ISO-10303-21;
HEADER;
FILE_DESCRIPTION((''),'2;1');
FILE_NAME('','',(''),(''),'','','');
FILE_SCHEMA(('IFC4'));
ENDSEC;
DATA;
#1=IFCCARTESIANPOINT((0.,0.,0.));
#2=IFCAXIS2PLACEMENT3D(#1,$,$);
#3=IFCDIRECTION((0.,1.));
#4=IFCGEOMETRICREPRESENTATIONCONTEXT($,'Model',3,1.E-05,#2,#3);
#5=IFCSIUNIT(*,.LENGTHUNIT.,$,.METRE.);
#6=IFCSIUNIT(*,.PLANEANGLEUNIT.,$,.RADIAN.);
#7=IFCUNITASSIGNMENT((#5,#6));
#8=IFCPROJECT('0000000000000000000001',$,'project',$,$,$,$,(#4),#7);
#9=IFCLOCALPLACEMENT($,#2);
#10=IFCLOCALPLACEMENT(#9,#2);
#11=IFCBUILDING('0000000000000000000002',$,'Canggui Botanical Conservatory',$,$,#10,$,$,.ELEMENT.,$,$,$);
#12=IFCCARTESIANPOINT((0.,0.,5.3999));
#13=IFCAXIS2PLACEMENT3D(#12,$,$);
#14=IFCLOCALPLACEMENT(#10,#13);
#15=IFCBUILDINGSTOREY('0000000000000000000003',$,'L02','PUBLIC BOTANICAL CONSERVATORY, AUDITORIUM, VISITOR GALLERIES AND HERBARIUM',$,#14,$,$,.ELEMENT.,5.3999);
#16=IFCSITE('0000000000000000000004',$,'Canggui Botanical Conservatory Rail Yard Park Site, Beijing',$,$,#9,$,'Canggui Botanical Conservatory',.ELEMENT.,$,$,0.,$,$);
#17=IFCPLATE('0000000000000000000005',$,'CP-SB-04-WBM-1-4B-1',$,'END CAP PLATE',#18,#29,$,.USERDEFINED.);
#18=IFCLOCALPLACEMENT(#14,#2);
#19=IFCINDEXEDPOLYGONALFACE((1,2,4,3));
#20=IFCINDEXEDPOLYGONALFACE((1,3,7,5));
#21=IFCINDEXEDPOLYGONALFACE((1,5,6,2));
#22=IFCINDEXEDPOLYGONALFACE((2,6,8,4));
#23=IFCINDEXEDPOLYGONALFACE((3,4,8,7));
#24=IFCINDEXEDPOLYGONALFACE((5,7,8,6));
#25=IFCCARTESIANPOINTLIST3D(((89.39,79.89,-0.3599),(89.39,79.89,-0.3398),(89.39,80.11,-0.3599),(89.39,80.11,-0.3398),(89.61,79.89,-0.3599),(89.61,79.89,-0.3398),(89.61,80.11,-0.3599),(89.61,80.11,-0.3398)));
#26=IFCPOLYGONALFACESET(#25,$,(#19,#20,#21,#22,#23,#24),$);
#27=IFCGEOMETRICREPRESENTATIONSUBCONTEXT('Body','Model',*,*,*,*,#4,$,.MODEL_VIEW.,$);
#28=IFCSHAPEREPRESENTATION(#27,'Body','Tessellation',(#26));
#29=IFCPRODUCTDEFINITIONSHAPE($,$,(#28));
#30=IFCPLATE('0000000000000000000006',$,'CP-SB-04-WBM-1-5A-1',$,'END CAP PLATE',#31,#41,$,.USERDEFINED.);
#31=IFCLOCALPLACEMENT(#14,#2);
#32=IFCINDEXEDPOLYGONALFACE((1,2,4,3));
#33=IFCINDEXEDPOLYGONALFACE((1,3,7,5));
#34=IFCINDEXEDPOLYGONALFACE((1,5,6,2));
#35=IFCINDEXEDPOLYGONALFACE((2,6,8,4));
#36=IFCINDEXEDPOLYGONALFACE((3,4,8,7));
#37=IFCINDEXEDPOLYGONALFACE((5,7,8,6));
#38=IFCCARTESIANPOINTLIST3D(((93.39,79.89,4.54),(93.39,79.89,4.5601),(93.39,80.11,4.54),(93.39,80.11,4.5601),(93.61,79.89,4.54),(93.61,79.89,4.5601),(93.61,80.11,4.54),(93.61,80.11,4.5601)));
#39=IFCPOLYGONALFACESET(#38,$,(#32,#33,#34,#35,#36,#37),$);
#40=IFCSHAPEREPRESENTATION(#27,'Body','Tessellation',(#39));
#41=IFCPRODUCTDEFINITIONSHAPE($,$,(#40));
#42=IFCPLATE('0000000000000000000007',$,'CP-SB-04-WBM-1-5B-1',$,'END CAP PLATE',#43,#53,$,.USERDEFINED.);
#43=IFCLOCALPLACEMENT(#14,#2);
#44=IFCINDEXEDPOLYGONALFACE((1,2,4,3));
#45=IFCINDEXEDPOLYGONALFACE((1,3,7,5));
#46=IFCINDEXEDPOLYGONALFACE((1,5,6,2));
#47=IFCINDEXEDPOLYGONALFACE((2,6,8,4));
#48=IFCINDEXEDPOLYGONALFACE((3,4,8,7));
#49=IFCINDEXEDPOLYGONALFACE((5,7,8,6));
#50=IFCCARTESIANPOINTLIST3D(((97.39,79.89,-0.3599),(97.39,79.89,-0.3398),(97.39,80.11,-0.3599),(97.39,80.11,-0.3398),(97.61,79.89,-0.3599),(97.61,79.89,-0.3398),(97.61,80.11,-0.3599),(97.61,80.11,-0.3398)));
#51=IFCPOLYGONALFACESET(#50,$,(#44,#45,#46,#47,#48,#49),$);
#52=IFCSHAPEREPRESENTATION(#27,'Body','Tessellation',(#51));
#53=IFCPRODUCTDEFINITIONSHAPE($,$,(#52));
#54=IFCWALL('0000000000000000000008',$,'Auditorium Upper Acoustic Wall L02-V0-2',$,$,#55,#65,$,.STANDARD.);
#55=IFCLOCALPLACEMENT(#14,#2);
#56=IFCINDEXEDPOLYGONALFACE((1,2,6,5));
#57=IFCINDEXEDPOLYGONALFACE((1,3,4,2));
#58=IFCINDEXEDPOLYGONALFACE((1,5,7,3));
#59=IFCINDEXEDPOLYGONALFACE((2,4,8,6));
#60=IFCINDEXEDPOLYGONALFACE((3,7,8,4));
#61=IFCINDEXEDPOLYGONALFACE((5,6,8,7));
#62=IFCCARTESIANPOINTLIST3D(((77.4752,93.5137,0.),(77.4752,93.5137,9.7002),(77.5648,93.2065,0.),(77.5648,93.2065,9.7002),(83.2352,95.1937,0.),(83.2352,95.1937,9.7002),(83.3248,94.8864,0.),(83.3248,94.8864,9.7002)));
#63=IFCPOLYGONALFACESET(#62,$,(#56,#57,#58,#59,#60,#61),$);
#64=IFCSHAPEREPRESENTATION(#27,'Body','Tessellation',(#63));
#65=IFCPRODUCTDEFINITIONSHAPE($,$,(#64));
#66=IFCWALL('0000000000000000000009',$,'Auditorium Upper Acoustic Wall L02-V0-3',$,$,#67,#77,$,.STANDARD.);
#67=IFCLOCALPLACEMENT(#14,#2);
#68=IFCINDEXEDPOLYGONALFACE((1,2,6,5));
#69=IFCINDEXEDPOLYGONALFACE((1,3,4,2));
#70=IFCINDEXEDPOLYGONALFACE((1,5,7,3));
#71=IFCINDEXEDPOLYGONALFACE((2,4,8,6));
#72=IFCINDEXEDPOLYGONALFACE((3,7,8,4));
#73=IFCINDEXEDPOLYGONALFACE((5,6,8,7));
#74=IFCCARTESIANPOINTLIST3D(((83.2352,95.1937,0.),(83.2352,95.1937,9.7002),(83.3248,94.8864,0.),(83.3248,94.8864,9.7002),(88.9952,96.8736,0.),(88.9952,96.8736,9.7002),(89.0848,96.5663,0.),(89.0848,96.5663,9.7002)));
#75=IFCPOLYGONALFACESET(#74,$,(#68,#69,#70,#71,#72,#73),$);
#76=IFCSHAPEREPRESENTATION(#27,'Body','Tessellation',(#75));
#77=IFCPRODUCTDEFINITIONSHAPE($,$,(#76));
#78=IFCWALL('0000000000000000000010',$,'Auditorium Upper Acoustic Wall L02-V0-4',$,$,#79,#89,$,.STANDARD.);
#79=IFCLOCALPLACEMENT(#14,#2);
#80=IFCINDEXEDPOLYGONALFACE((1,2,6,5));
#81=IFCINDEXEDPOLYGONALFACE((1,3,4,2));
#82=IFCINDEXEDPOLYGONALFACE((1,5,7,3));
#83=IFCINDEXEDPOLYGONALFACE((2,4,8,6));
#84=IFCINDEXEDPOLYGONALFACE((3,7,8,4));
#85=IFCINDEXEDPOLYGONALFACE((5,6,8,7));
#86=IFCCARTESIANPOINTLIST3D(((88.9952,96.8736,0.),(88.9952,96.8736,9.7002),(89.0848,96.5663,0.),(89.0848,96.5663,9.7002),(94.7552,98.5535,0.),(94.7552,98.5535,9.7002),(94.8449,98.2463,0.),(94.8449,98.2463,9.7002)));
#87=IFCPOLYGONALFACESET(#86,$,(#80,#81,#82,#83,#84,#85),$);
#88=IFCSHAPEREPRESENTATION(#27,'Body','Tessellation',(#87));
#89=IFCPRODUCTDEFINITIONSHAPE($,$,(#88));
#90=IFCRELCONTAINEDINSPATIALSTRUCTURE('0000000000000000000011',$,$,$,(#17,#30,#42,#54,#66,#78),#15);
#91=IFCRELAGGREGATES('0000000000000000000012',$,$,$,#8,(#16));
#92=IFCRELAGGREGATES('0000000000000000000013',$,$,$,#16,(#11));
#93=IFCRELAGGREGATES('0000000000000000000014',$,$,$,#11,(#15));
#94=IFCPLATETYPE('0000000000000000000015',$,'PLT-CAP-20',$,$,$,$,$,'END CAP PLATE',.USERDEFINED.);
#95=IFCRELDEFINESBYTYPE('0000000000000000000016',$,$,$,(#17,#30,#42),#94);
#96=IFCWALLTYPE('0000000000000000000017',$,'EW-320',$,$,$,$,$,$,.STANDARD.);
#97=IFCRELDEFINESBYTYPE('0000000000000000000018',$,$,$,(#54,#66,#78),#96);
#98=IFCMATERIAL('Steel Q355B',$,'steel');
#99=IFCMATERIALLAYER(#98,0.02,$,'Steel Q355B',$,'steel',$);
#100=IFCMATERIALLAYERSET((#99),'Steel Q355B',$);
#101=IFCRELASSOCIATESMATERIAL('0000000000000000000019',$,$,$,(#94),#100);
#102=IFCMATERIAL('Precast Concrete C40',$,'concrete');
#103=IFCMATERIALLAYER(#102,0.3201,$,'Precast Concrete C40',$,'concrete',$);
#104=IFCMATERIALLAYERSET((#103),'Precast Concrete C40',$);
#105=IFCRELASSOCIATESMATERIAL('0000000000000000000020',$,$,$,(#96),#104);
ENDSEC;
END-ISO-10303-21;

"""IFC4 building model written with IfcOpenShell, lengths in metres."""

from ifc_helpers import new_model, si_unit, direction, frame, frame_2d, origin, origin_2d, place, context, subcontext, project, spatial, rectangle, extrude, material, layer, layer_set, type_object, element, save


model = new_model("IFC4")

# Units and contexts
model_context = context("Model", 3, precision=1e-05, world=origin(), true_north=direction((0.0, 1.0)))
body_context = subcontext(model_context, "Body", "Model", "MODEL_VIEW")
ifc_project = project(units=[si_unit("LENGTHUNIT", "METRE"), si_unit("PLANEANGLEUNIT", "RADIAN")], contexts=[model_context])

# Site, building, storey
site_placement = place(None, origin())
site = spatial("IfcSite", under=ifc_project, at=site_placement, Name="Canggui Botanical Conservatory Rail Yard Park Site, Beijing", LongName="Canggui Botanical Conservatory", CompositionType="ELEMENT", RefElevation=0.0)
building_placement = place(site_placement, origin())
building = spatial("IfcBuilding", under=site, at=building_placement, Name="Canggui Botanical Conservatory", CompositionType="ELEMENT")
storey_placement = place(building_placement, frame((0.0, 0.0, 5.3999)))
storey = spatial("IfcBuildingStorey", under=building, at=storey_placement, Name="L02", Description="PUBLIC BOTANICAL CONSERVATORY, AUDITORIUM, VISITOR GALLERIES AND HERBARIUM", CompositionType="ELEMENT", Elevation=5.3999)

# Shared definitions
ifc_material_1 = material(Name="Steel Q355B", Category="steel")

# Plates
ifc_layer_1 = layer(ifc_material_1, 0.02, Name="Steel Q355B", Category="steel")
ifc_layer_set_1 = layer_set([ifc_layer_1], Name="Steel Q355B")
plate_type = type_object("IfcPlateType", Name="PLT-CAP-20", ElementType="END CAP PLATE", PredefinedType="USERDEFINED", material=ifc_layer_set_1)
for number, where, z_axis, x_axis, name in (
    (1, (89.5, 80.0, -0.3599), (0.0, 0.0, 1.0), (1.0, 0.0, 0.0), "CP-SB-04-WBM-1-4B-1"),
    (2, (93.5, 80.0, 4.54), (0.0, 0.0, 1.0), (1.0, 0.0, 0.0), "CP-SB-04-WBM-1-5A-1"),
    (3, (97.5, 80.0, -0.3599), (0.0, 0.0, 1.0), (1.0, 0.0, 0.0), "CP-SB-04-WBM-1-5B-1"),
):
    element("IfcPlate", number, at=place(storey_placement, frame(where, z_axis=z_axis, x_axis=x_axis)), inside=storey, type_object=plate_type, Name=name, ObjectType="END CAP PLATE", PredefinedType="USERDEFINED", context=body_context, shape_type="SweptSolid", body=[
        extrude(rectangle(XDim=0.22, YDim=0.22, at=origin_2d()), origin(), (0.0, 0.0, 1.0), 0.02),
    ])

# Walls
ifc_material_2 = material(Name="Precast Concrete C40", Category="concrete")
ifc_layer_2 = layer(ifc_material_2, 0.3201, Name="Precast Concrete C40", Category="concrete")
ifc_layer_set_2 = layer_set([ifc_layer_2], Name="Precast Concrete C40")
wall_type = type_object("IfcWallType", Name="EW-320", PredefinedType="STANDARD", material=ifc_layer_set_2)
for number, where, z_axis, x_axis, name in (
    (4, (83.28, 95.04, 0.0), (0.0, 0.0, 1.0), (-0.960003, -0.279989, 0.0), "Auditorium Upper Acoustic Wall L02-V0-2"),
    (5, (89.04, 96.72, 0.0), (0.0, 0.0, 1.0), (-0.960003, -0.279989, 0.0), "Auditorium Upper Acoustic Wall L02-V0-3"),
    (6, (94.8, 98.3999, 0.0), (0.0, 0.0, 1.0), (-0.960003, -0.279989, 0.0), "Auditorium Upper Acoustic Wall L02-V0-4"),
):
    element("IfcWall", number, at=place(storey_placement, frame(where, z_axis=z_axis, x_axis=x_axis)), inside=storey, type_object=wall_type, Name=name, PredefinedType="STANDARD", context=body_context, shape_type="SweptSolid", body=[
        extrude(rectangle(XDim=6.0, YDim=0.3201, at=frame_2d((3.0, 0.0))), origin(), (0.0, 0.0, 1.0), 9.7002),
    ])

save(model, "model.ifc")
